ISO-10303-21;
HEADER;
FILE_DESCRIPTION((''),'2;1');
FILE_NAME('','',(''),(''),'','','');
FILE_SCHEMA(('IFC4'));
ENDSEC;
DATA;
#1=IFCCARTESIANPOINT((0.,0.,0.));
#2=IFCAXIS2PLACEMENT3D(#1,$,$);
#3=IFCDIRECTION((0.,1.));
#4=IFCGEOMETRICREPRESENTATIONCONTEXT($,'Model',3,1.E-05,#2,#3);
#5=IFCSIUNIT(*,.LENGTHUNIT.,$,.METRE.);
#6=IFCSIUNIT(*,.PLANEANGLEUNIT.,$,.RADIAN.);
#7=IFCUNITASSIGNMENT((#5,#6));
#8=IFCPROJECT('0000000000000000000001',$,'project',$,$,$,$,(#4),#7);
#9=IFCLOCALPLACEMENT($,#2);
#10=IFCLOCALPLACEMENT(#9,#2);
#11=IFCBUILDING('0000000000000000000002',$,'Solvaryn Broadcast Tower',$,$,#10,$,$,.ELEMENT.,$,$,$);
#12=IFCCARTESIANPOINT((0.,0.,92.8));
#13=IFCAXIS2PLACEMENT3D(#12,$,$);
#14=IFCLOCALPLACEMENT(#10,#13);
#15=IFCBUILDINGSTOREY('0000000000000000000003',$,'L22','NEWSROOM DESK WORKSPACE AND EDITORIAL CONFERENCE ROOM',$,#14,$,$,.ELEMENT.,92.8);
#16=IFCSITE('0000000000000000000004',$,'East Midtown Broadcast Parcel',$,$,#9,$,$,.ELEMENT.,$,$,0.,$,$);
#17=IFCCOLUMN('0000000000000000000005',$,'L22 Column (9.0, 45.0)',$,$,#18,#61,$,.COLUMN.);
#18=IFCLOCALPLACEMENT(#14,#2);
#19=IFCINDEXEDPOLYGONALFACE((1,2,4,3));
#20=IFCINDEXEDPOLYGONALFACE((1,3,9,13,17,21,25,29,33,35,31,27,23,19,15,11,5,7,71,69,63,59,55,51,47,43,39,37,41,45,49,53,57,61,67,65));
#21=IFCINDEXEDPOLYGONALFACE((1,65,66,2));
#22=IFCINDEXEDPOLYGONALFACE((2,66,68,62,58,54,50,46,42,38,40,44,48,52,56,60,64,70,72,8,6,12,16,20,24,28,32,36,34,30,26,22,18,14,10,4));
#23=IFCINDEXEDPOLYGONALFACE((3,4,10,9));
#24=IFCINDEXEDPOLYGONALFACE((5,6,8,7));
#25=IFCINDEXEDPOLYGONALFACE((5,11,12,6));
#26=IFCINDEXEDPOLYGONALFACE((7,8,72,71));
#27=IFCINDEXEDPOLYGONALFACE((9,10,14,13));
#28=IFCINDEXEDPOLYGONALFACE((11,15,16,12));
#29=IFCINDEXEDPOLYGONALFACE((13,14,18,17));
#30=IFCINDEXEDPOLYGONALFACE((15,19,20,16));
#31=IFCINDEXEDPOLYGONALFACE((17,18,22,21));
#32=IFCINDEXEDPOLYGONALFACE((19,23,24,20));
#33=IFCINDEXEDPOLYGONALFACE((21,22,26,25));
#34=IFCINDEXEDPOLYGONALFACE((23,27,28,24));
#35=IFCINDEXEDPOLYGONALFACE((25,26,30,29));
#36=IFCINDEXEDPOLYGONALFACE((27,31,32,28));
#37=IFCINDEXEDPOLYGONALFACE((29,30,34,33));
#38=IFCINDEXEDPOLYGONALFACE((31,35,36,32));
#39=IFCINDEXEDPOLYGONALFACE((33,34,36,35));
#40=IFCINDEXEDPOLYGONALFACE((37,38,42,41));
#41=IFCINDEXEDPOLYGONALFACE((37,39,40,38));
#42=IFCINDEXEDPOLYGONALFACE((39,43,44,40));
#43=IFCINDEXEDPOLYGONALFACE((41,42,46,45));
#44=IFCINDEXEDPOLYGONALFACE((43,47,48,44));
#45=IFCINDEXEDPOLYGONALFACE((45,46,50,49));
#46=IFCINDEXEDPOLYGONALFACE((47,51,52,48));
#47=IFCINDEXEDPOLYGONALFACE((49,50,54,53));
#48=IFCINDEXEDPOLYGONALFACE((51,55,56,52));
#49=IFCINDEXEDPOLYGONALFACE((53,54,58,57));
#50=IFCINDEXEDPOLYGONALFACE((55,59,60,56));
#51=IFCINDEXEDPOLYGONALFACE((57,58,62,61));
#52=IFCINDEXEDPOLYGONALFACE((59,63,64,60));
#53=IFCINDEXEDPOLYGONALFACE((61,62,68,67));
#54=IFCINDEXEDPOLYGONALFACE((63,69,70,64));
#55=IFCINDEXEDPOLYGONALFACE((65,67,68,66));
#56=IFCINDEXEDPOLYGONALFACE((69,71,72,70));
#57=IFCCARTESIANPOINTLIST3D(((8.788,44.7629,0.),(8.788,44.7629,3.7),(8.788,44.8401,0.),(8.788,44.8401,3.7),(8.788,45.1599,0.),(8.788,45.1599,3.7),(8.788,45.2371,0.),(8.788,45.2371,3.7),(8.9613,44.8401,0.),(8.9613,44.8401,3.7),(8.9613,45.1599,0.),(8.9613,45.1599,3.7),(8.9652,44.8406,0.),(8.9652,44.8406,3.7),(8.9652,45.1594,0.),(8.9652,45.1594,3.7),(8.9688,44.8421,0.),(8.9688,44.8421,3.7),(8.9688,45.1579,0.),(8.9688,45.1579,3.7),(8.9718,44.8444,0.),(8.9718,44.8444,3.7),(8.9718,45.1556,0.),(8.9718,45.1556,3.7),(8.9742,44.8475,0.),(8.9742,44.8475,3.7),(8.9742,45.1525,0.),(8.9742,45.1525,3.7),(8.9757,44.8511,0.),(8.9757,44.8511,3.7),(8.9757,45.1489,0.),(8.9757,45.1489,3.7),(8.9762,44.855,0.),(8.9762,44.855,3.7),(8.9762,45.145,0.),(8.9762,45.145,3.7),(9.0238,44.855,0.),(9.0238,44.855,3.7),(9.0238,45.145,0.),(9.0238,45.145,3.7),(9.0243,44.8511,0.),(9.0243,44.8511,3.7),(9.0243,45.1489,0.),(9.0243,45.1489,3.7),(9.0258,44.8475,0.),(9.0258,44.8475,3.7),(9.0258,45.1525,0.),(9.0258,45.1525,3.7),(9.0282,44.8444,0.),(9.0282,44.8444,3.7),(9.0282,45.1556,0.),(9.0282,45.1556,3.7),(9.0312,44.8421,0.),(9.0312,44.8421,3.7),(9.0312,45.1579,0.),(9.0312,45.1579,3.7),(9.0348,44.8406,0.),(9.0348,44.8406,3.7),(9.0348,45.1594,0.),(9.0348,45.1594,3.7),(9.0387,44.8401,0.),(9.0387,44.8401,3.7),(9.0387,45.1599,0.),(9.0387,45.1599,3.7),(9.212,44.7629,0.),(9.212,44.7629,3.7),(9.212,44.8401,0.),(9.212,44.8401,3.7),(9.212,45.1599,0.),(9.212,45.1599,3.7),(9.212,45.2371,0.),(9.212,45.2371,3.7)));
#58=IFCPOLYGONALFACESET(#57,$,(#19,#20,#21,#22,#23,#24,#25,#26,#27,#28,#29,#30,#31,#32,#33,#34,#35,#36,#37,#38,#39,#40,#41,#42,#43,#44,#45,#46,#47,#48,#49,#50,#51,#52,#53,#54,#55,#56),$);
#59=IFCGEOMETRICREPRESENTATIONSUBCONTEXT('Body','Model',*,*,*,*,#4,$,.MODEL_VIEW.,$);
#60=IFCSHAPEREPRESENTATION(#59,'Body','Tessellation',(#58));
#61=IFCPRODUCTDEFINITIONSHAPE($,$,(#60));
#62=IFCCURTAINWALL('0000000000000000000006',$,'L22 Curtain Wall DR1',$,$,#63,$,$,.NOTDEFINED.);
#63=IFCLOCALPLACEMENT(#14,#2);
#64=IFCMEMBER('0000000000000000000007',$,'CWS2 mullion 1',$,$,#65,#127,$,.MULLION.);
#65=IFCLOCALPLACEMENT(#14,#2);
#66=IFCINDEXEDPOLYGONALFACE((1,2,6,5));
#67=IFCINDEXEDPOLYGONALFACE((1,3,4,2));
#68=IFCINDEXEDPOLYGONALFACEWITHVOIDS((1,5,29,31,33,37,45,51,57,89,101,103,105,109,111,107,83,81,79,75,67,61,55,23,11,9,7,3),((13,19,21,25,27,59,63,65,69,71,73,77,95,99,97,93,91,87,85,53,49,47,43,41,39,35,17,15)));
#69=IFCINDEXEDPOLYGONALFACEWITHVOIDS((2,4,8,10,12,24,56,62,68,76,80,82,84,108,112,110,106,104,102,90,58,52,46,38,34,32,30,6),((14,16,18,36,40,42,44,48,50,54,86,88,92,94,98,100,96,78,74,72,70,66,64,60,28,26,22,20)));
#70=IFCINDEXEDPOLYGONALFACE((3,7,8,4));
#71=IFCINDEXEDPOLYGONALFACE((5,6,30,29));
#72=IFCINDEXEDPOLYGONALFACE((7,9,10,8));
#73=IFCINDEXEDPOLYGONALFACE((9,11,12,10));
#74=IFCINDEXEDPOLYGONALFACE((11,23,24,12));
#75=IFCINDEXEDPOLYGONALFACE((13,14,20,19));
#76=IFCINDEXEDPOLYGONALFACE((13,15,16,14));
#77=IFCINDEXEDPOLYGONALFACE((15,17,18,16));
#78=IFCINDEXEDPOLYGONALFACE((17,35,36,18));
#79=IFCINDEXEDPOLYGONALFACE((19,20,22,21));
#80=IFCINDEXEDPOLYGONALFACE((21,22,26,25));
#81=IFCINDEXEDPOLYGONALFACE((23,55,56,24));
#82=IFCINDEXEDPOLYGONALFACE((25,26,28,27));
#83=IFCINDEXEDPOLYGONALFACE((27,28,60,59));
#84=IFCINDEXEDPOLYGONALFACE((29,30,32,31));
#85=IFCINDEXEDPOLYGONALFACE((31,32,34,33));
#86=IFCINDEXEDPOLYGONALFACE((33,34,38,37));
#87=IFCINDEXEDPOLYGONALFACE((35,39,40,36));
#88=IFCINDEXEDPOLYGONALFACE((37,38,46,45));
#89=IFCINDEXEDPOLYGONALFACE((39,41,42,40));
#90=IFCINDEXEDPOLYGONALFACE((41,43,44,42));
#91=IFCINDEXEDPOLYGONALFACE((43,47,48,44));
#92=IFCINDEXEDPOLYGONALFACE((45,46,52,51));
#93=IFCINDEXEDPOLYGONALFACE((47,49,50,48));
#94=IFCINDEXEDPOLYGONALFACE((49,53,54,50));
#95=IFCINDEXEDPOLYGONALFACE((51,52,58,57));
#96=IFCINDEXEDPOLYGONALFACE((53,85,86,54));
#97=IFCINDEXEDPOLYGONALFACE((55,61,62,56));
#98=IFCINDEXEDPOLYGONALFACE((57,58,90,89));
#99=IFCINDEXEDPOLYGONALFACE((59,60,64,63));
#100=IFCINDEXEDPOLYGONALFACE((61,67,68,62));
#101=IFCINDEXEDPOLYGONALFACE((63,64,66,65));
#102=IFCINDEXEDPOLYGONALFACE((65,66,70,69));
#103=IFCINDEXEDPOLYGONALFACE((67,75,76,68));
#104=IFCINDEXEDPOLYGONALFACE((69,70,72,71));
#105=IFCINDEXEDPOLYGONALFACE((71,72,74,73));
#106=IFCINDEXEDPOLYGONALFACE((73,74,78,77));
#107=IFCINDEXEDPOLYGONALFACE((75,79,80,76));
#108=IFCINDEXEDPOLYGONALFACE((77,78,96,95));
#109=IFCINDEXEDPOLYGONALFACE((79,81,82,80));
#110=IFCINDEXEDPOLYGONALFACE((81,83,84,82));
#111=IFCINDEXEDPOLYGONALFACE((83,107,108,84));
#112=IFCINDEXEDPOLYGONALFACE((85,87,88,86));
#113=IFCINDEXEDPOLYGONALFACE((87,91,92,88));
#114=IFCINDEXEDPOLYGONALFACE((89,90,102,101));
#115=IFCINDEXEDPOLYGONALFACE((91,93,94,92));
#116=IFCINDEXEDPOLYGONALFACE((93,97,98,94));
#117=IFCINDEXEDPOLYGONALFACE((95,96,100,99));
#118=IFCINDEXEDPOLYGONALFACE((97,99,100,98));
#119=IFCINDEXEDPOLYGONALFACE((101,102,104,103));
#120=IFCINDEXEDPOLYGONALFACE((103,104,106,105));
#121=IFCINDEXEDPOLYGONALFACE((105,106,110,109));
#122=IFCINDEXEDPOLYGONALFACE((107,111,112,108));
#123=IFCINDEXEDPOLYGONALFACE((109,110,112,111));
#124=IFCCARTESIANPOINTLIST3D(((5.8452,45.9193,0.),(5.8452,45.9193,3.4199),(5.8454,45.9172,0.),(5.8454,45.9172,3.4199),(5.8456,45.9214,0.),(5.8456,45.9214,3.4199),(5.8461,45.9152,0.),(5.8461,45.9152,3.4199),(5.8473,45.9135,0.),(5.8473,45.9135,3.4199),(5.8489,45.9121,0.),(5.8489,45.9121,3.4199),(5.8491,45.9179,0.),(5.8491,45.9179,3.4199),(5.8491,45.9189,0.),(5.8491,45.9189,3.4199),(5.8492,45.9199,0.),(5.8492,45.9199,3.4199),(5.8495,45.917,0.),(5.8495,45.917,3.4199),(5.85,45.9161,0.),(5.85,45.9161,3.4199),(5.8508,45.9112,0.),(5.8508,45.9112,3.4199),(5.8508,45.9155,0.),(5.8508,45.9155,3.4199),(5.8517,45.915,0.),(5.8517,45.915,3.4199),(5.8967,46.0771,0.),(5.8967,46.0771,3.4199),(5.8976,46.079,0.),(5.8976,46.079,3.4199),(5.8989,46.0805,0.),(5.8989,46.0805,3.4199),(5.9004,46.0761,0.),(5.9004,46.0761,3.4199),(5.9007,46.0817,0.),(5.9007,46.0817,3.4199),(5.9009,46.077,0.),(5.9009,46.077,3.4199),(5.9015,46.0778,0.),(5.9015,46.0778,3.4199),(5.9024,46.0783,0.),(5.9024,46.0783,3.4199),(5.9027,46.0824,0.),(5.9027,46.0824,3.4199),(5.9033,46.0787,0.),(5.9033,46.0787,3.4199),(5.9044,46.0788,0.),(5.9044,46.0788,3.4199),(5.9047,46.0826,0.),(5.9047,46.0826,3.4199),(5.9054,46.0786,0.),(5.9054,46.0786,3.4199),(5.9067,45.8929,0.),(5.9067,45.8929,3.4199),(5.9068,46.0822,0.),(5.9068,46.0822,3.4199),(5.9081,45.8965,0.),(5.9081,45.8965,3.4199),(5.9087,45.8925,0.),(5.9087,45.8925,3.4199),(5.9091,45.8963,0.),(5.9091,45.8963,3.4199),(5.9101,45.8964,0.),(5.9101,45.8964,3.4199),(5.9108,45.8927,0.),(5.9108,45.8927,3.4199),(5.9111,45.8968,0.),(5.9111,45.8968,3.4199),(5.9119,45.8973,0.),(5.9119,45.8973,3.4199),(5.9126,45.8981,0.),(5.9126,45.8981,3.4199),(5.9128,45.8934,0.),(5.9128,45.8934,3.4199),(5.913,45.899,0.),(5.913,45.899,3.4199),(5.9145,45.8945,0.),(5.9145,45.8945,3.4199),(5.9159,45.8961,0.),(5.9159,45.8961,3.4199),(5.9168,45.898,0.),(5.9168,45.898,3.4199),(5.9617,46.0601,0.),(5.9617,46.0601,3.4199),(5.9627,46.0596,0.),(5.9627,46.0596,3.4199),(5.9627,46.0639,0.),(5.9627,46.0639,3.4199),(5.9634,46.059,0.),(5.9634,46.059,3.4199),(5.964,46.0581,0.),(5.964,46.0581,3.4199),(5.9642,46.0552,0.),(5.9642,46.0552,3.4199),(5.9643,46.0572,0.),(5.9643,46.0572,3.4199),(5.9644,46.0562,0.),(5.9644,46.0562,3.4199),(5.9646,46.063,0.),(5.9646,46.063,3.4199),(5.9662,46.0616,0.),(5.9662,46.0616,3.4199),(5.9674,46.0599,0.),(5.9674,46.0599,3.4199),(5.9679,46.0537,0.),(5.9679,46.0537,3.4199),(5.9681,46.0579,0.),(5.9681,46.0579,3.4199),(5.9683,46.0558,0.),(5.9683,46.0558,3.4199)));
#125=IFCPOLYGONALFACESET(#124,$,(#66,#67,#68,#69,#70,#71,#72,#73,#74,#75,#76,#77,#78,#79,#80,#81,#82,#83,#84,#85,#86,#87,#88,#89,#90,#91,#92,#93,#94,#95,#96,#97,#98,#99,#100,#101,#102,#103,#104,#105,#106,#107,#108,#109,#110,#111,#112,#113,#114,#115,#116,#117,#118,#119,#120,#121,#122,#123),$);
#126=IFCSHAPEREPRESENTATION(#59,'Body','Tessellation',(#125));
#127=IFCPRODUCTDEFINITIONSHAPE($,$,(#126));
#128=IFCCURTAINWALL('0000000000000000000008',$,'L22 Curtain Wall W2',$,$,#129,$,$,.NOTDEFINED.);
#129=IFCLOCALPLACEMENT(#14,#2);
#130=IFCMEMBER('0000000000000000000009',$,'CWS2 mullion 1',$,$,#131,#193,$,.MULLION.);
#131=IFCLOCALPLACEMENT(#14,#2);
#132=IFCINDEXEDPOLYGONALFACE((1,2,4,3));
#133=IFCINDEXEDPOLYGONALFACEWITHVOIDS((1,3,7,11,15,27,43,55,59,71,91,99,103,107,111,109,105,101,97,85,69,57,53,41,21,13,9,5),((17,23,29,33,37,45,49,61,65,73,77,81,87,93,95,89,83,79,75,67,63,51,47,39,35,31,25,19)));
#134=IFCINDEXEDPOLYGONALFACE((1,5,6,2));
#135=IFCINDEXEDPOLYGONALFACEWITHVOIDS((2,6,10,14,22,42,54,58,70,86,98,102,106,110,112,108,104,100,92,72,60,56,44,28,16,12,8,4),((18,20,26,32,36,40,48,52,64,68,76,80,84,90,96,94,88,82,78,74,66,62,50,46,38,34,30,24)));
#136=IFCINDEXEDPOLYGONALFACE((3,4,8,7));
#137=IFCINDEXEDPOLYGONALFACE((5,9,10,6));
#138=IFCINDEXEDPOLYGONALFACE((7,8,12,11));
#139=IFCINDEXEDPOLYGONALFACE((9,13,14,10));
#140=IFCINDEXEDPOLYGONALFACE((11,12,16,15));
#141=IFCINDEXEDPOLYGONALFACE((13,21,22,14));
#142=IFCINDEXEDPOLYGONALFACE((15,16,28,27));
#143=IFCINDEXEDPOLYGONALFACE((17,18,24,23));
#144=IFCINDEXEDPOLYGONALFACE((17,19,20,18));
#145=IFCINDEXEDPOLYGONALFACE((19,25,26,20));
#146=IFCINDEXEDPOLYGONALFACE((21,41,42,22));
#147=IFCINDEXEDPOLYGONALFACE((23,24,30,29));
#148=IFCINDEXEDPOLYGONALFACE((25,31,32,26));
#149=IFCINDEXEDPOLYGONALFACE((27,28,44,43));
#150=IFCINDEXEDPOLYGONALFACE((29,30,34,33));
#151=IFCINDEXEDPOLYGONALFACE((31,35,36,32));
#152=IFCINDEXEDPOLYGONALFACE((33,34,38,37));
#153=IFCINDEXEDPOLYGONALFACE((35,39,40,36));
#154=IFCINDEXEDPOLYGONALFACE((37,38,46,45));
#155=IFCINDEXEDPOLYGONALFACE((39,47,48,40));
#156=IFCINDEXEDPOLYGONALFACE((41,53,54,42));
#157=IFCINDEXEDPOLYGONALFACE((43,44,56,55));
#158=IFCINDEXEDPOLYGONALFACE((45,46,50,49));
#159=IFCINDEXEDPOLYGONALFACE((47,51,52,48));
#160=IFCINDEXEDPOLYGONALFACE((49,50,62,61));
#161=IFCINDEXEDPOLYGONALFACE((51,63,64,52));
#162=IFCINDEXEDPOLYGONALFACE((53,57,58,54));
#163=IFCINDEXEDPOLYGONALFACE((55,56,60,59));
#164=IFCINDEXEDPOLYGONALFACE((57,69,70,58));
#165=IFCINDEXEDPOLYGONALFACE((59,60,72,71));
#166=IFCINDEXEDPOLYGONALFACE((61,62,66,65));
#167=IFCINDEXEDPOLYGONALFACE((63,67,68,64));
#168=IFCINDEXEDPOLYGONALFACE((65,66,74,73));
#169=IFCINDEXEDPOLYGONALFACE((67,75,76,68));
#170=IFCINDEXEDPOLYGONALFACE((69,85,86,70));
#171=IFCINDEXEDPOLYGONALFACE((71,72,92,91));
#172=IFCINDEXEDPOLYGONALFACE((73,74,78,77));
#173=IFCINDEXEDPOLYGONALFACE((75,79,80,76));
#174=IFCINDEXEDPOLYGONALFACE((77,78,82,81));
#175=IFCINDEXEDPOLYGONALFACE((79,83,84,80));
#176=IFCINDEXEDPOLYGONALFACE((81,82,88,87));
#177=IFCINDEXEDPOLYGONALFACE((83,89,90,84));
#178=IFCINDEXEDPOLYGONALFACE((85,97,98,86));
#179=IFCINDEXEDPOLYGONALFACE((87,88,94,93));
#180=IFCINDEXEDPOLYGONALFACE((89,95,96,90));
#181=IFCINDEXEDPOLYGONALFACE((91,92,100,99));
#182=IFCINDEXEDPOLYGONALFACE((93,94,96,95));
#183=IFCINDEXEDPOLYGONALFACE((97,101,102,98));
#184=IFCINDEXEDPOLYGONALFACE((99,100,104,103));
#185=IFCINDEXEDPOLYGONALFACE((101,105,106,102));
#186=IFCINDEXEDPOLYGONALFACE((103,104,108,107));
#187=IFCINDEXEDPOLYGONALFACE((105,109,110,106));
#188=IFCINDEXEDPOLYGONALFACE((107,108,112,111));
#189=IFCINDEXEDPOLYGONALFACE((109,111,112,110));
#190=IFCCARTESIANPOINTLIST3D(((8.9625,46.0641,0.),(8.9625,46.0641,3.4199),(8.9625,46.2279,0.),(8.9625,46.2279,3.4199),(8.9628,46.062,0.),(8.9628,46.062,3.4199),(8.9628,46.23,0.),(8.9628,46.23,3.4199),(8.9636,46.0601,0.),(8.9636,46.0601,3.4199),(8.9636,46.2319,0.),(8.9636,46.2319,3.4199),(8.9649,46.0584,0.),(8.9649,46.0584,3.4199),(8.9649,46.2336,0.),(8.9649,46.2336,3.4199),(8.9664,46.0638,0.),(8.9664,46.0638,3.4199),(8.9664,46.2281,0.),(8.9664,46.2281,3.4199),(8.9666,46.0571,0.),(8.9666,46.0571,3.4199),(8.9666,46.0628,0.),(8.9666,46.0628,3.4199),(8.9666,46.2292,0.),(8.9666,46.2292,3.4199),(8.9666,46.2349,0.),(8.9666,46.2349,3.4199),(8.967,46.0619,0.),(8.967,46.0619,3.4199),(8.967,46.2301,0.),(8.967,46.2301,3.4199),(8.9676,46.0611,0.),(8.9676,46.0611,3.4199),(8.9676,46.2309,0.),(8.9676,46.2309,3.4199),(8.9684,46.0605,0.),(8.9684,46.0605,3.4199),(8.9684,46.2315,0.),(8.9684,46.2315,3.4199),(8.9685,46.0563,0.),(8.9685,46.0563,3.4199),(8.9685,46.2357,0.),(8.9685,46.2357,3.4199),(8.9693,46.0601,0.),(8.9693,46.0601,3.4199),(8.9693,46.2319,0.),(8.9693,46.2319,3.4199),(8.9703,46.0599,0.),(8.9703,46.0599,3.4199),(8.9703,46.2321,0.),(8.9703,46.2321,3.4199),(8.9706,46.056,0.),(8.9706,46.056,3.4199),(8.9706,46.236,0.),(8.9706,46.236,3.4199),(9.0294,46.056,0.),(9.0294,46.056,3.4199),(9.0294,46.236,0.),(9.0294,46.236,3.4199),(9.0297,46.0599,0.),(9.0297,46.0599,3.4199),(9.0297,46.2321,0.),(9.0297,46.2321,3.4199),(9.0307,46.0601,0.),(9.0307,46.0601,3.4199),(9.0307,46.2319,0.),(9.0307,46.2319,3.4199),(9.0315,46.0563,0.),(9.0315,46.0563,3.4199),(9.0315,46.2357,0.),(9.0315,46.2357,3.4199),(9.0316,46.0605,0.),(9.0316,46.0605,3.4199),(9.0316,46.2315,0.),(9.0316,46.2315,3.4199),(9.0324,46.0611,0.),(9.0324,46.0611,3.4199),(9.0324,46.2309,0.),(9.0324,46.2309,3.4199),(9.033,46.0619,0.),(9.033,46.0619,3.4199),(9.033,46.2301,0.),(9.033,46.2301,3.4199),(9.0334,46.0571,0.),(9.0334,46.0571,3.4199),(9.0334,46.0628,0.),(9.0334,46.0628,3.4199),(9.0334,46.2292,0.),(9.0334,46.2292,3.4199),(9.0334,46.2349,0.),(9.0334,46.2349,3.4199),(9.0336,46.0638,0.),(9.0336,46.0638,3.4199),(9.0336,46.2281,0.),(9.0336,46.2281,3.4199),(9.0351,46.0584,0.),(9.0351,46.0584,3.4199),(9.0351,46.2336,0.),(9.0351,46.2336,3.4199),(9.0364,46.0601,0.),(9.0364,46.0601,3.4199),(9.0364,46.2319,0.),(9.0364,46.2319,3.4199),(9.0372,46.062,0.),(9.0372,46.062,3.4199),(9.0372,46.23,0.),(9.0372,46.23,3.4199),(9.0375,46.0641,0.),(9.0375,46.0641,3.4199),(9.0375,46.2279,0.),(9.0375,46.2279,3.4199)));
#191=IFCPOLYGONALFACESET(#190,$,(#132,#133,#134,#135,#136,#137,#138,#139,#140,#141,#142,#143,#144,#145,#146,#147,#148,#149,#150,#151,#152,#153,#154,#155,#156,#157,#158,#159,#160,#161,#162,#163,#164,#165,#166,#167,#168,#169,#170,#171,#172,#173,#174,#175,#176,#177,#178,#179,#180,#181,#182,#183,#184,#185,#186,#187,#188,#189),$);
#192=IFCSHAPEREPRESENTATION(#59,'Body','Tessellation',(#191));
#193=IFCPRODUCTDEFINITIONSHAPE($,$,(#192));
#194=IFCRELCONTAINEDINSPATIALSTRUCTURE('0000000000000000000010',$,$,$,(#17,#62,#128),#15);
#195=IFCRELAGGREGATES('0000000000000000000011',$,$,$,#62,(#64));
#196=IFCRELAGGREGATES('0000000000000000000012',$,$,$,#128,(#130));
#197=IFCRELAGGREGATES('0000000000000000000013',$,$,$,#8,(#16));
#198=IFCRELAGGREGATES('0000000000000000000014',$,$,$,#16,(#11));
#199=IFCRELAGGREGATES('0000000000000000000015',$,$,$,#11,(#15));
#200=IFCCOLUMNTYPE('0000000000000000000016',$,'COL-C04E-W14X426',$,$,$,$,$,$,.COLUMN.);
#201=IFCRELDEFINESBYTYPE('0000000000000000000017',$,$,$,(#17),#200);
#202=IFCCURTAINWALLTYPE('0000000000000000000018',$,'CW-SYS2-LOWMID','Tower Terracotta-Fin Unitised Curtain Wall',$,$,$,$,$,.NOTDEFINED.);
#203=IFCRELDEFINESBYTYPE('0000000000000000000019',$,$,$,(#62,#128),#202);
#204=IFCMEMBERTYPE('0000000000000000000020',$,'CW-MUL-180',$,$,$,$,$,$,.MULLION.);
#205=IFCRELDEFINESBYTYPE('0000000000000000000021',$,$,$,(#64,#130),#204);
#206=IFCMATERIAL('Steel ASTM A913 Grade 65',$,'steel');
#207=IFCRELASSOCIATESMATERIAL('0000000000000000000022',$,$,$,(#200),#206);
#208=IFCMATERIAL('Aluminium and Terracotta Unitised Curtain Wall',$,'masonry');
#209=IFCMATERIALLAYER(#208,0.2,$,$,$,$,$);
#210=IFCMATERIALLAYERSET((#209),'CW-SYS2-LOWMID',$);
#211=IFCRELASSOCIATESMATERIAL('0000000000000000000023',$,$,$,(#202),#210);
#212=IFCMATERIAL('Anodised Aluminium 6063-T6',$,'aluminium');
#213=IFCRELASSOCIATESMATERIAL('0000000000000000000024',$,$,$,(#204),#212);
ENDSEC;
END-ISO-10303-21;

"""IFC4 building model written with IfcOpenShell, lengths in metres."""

from ifc_helpers import new_model, si_unit, direction, frame, origin, origin_2d, place, context, subcontext, project, spatial, hollow_rectangle, i_section, extrude, material, layer, layer_set, material_profile, profile_set, type_object, element, aggregate, save


model = new_model("IFC4")

# Units and contexts
model_context = context("Model", 3, precision=1e-05, world=origin(), true_north=direction((0.0, 1.0)))
body_context = subcontext(model_context, "Body", "Model", "MODEL_VIEW")
ifc_project = project(units=[si_unit("LENGTHUNIT", "METRE"), si_unit("PLANEANGLEUNIT", "RADIAN")], contexts=[model_context])

# Site, building, storey
site_placement = place(None, origin())
site = spatial("IfcSite", under=ifc_project, at=site_placement, Name="East Midtown Broadcast Parcel", CompositionType="ELEMENT", RefElevation=0.0)
building_placement = place(site_placement, origin())
building = spatial("IfcBuilding", under=site, at=building_placement, Name="Solvaryn Broadcast Tower", CompositionType="ELEMENT")
storey_placement = place(building_placement, frame((0.0, 0.0, 92.8)))
storey = spatial("IfcBuildingStorey", under=building, at=storey_placement, Name="L22", Description="NEWSROOM DESK WORKSPACE AND EDITORIAL CONFERENCE ROOM", CompositionType="ELEMENT", Elevation=92.8)

# Column
ifc_material_1 = material(Name="Steel ASTM A913 Grade 65", Category="steel")
ifc_material_profile_1 = material_profile(ifc_material_1, i_section(OverallWidth=0.4241, OverallDepth=0.4741, WebThickness=0.0476, FlangeThickness=0.0771, FilletRadius=0.0149, at=origin_2d()))
ifc_profile_set_1 = profile_set([ifc_material_profile_1], Name="Steel ASTM A913 Grade 65")
column_type = type_object("IfcColumnType", Name="COL-C04E-W14X426", PredefinedType="COLUMN", material=ifc_profile_set_1)
column_placement = place(storey_placement, frame((9.0, 45.0, 0.0), z_axis=(0.0, 0.0, 1.0), x_axis=(1.0, 0.0, 0.0)))
element("IfcColumn", 1, at=column_placement, inside=storey, type_object=column_type, Name="L22 Column (9.0, 45.0)", PredefinedType="COLUMN", context=body_context, shape_type="SweptSolid", body=[
    extrude(i_section(OverallWidth=0.4241, OverallDepth=0.4741, WebThickness=0.0476, FlangeThickness=0.0771, FilletRadius=0.0149, at=origin_2d()), origin(), (0.0, 0.0, 1.0), 3.7),
])

# Curtain wall, member
ifc_material_2 = material(Name="Aluminium and Terracotta Unitised Curtain Wall", Category="masonry")
ifc_layer_1 = layer(ifc_material_2, 0.2)
ifc_layer_set_1 = layer_set([ifc_layer_1], Name="CW-SYS2-LOWMID")
curtain_wall_type = type_object("IfcCurtainWallType", Name="CW-SYS2-LOWMID", Description="Tower Terracotta-Fin Unitised Curtain Wall", PredefinedType="NOTDEFINED", material=ifc_layer_set_1)
curtain_wall_1_placement = place(storey_placement, origin())
curtain_wall_1 = element("IfcCurtainWall", 2, at=curtain_wall_1_placement, inside=storey, type_object=curtain_wall_type, Name="L22 Curtain Wall DR1", PredefinedType="NOTDEFINED")
ifc_material_3 = material(Name="Anodised Aluminium 6063-T6", Category="aluminium")
ifc_material_profile_2 = material_profile(ifc_material_3, hollow_rectangle(XDim=0.075, YDim=0.1799, WallThickness=0.0039, InnerFilletRadius=0.0039, OuterFilletRadius=0.0081, at=origin_2d()))
ifc_profile_set_2 = profile_set([ifc_material_profile_2], Name="Anodised Aluminium 6063-T6")
member_type_1 = type_object("IfcMemberType", Name="CW-MUL-180", PredefinedType="MULLION", material=ifc_profile_set_2)
member_1_placement = place(storey_placement, frame((5.9067, 45.9875, 0.0), z_axis=(0.0, 0.0, 1.0), x_axis=(0.950215, -0.311594, 0.0)))
member_1 = element("IfcMember", 3, at=member_1_placement, type_object=member_type_1, Name="CWS2 mullion 1", PredefinedType="MULLION", context=body_context, shape_type="SweptSolid", body=[
    extrude(hollow_rectangle(XDim=0.075, YDim=0.1799, WallThickness=0.0039, InnerFilletRadius=0.0039, OuterFilletRadius=0.0081, at=origin_2d()), origin(), (0.0, 0.0, 1.0), 3.4199),
])

# Curtain wall, member
curtain_wall_2_placement = place(storey_placement, origin())
curtain_wall_2 = element("IfcCurtainWall", 4, at=curtain_wall_2_placement, inside=storey, type_object=curtain_wall_type, Name="L22 Curtain Wall W2", PredefinedType="NOTDEFINED")
member_2_placement = place(storey_placement, frame((9.0, 46.146, 0.0), z_axis=(0.0, 0.0, 1.0), x_axis=(-1.0, 0.0, 0.0)))
member_2 = element("IfcMember", 5, at=member_2_placement, type_object=member_type_1, Name="CWS2 mullion 1", PredefinedType="MULLION", context=body_context, shape_type="SweptSolid", body=[
    extrude(hollow_rectangle(XDim=0.075, YDim=0.1799, WallThickness=0.0039, InnerFilletRadius=0.0039, OuterFilletRadius=0.0081, at=origin_2d()), origin(), (0.0, 0.0, 1.0), 3.4199),
])

aggregate(curtain_wall_1, [member_1])

aggregate(curtain_wall_2, [member_2])

save(model, "model.ifc")
